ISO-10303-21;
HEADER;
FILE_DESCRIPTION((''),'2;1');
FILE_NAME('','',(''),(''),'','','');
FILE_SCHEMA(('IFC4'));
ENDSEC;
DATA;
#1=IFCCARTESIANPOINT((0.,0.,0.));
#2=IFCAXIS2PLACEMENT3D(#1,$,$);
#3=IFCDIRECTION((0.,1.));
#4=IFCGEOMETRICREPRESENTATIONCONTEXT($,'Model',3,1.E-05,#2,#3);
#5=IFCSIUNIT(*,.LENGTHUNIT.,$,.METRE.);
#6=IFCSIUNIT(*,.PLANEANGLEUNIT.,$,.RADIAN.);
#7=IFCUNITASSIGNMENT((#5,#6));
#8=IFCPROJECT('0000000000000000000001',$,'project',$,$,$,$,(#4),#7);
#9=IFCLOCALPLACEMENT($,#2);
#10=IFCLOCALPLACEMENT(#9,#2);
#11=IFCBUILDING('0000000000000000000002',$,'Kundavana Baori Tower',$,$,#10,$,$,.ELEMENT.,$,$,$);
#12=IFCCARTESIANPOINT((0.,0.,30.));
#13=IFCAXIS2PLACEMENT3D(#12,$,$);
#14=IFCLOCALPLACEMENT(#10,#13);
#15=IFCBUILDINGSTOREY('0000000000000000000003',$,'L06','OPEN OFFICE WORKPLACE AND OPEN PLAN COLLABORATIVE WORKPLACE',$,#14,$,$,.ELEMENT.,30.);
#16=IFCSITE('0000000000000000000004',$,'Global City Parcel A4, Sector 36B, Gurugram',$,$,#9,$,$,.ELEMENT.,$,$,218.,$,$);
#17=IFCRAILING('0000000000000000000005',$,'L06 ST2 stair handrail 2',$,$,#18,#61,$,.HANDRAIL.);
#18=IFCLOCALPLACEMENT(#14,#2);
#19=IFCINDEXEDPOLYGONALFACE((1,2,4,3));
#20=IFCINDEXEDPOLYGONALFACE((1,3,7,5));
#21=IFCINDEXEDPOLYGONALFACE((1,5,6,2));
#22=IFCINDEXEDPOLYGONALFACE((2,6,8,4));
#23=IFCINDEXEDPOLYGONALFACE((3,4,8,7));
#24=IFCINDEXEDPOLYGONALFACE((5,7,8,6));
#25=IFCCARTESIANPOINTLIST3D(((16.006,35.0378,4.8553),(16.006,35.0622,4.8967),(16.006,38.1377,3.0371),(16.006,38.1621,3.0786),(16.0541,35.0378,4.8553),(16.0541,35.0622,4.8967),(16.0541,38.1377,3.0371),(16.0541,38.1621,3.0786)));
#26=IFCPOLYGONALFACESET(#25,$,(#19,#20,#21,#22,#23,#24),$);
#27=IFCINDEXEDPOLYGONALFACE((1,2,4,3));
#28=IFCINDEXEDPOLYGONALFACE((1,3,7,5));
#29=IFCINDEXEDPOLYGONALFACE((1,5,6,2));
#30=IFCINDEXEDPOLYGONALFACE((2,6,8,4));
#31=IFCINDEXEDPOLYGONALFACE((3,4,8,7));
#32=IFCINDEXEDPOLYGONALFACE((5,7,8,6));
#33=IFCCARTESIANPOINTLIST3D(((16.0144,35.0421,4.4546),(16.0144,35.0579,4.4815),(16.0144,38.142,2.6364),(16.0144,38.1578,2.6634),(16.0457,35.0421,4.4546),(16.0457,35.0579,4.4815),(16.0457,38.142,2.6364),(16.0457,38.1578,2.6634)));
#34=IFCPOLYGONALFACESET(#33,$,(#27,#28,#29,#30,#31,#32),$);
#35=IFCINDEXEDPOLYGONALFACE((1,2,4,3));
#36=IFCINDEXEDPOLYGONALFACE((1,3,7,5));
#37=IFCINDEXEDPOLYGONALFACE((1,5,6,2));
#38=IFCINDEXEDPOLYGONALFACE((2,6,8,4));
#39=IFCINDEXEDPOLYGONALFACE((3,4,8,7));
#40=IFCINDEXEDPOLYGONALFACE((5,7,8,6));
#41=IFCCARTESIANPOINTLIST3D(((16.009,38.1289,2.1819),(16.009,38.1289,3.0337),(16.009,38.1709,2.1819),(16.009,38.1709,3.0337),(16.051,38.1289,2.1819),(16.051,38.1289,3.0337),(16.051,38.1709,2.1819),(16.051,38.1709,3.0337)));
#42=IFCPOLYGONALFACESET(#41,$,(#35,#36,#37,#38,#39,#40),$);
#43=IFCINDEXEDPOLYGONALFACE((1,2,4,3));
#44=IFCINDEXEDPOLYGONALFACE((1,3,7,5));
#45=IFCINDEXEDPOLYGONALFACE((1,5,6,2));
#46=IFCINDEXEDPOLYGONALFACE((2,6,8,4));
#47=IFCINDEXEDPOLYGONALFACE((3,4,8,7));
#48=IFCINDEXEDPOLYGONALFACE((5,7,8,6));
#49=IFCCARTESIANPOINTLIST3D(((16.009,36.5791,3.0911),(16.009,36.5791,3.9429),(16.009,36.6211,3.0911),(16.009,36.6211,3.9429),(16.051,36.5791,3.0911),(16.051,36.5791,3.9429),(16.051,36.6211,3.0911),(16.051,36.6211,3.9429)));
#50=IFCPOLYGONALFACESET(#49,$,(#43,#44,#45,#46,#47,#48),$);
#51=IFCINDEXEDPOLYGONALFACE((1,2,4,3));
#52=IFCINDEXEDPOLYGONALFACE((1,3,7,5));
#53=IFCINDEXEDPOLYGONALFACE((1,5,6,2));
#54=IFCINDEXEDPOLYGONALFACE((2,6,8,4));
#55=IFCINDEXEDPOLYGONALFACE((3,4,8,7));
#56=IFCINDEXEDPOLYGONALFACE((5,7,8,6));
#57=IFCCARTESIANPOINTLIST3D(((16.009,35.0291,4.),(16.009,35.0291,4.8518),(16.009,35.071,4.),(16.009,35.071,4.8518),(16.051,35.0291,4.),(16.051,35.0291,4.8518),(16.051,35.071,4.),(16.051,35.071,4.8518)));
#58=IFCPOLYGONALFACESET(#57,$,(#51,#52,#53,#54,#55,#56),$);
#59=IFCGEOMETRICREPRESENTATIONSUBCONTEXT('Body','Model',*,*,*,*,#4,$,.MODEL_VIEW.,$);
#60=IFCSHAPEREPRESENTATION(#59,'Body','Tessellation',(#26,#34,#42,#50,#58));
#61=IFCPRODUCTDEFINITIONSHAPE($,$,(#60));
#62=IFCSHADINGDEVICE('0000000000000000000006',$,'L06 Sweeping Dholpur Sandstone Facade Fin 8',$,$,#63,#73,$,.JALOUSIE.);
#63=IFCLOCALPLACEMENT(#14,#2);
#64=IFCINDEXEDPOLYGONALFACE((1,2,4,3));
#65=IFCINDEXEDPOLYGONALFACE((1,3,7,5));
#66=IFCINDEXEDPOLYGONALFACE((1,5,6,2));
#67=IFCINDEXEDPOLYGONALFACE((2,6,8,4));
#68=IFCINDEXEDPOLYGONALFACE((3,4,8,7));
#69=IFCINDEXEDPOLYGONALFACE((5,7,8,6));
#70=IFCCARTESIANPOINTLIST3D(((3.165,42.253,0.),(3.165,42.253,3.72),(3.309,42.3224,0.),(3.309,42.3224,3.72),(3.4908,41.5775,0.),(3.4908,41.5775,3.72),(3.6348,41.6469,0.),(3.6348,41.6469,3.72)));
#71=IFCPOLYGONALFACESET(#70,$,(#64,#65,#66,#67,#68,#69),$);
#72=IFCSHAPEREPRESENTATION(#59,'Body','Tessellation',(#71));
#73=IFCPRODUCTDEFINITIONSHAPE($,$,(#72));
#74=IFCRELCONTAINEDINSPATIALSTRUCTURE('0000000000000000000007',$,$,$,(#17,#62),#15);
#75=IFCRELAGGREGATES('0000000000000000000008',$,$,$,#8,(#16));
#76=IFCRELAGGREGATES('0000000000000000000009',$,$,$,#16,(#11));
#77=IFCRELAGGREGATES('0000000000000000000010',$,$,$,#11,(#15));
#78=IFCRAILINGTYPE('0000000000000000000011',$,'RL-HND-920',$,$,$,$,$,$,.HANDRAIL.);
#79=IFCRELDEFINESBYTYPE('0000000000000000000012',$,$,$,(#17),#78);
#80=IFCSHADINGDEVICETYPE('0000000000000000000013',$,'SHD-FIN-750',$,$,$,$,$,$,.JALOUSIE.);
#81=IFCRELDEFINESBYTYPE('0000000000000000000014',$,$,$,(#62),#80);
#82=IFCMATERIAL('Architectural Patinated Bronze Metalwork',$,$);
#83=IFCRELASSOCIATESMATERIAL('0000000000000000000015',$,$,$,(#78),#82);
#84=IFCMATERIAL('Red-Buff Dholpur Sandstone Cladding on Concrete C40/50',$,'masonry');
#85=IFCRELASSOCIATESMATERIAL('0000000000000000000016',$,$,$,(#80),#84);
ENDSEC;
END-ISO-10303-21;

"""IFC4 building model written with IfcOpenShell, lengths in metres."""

from ifc_helpers import new_model, si_unit, direction, frame, origin, origin_2d, place, context, subcontext, project, spatial, rectangle, extrude, material, type_object, element, save


model = new_model("IFC4")

# Units and contexts
model_context = context("Model", 3, precision=1e-05, world=origin(), true_north=direction((0.0, 1.0)))
body_context = subcontext(model_context, "Body", "Model", "MODEL_VIEW")
ifc_project = project(units=[si_unit("LENGTHUNIT", "METRE"), si_unit("PLANEANGLEUNIT", "RADIAN")], contexts=[model_context])

# Site, building, storey
site_placement = place(None, origin())
site = spatial("IfcSite", under=ifc_project, at=site_placement, Name="Global City Parcel A4, Sector 36B, Gurugram", CompositionType="ELEMENT", RefElevation=218.0)
building_placement = place(site_placement, origin())
building = spatial("IfcBuilding", under=site, at=building_placement, Name="Kundavana Baori Tower", CompositionType="ELEMENT")
storey_placement = place(building_placement, frame((0.0, 0.0, 30.0)))
storey = spatial("IfcBuildingStorey", under=building, at=storey_placement, Name="L06", Description="OPEN OFFICE WORKPLACE AND OPEN PLAN COLLABORATIVE WORKPLACE", CompositionType="ELEMENT", Elevation=30.0)

# Railing
ifc_material_1 = material(Name="Architectural Patinated Bronze Metalwork")
railing_type_1 = type_object("IfcRailingType", Name="RL-HND-920", PredefinedType="HANDRAIL", material=ifc_material_1)
railing_1_placement = place(storey_placement, frame((16.03, 38.1499, 2.1819)))
element("IfcRailing", 1, at=railing_1_placement, inside=storey, type_object=railing_type_1, Name="L06 ST2 stair handrail 2", PredefinedType="HANDRAIL", context=body_context, shape_type="SweptSolid", body=[
    extrude(rectangle(XDim=0.0481, YDim=0.0481, at=origin_2d()), frame((0.0, 0.0, 0.876), z_axis=(0.0, -0.862581, 0.505918), x_axis=(1.0, 0.0, 0.0)), (0.0, 0.0, 1.0), 3.5938),
    extrude(rectangle(XDim=0.0312, YDim=0.0312, at=origin_2d()), frame((0.0, 0.0, 0.468), z_axis=(0.0, -0.862581, 0.505918), x_axis=(1.0, 0.0, 0.0)), (0.0, 0.0, 1.0), 3.5938),
    extrude(rectangle(XDim=0.042, YDim=0.042, at=origin_2d()), origin(), (0.0, 0.0, 1.0), 0.8518),
    extrude(rectangle(XDim=0.042, YDim=0.042, at=origin_2d()), frame((0.0, -1.5498, 0.9092)), (0.0, 0.0, 1.0), 0.8518),
    extrude(rectangle(XDim=0.042, YDim=0.042, at=origin_2d()), frame((0.0, -3.0999, 1.8181)), (0.0, 0.0, 1.0), 0.8518),
])

# Shading device
ifc_material_2 = material(Name="Red-Buff Dholpur Sandstone Cladding on Concrete C40/50", Category="masonry")
shading_device_type = type_object("IfcShadingDeviceType", Name="SHD-FIN-750", PredefinedType="JALOUSIE", material=ifc_material_2)
shading_device_placement = place(storey_placement, frame((3.3999, 41.95, 0.0), z_axis=(0.0, 0.0, 1.0), x_axis=(0.900698, 0.434445, 0.0)))
element("IfcShadingDevice", 2, at=shading_device_placement, inside=storey, type_object=shading_device_type, Name="L06 Sweeping Dholpur Sandstone Facade Fin 8", PredefinedType="JALOUSIE", context=body_context, shape_type="SweptSolid", body=[
    extrude(rectangle(XDim=0.1599, YDim=0.75, at=origin_2d()), origin(), (0.0, 0.0, 1.0), 3.72),
])

save(model, "model.ifc")
